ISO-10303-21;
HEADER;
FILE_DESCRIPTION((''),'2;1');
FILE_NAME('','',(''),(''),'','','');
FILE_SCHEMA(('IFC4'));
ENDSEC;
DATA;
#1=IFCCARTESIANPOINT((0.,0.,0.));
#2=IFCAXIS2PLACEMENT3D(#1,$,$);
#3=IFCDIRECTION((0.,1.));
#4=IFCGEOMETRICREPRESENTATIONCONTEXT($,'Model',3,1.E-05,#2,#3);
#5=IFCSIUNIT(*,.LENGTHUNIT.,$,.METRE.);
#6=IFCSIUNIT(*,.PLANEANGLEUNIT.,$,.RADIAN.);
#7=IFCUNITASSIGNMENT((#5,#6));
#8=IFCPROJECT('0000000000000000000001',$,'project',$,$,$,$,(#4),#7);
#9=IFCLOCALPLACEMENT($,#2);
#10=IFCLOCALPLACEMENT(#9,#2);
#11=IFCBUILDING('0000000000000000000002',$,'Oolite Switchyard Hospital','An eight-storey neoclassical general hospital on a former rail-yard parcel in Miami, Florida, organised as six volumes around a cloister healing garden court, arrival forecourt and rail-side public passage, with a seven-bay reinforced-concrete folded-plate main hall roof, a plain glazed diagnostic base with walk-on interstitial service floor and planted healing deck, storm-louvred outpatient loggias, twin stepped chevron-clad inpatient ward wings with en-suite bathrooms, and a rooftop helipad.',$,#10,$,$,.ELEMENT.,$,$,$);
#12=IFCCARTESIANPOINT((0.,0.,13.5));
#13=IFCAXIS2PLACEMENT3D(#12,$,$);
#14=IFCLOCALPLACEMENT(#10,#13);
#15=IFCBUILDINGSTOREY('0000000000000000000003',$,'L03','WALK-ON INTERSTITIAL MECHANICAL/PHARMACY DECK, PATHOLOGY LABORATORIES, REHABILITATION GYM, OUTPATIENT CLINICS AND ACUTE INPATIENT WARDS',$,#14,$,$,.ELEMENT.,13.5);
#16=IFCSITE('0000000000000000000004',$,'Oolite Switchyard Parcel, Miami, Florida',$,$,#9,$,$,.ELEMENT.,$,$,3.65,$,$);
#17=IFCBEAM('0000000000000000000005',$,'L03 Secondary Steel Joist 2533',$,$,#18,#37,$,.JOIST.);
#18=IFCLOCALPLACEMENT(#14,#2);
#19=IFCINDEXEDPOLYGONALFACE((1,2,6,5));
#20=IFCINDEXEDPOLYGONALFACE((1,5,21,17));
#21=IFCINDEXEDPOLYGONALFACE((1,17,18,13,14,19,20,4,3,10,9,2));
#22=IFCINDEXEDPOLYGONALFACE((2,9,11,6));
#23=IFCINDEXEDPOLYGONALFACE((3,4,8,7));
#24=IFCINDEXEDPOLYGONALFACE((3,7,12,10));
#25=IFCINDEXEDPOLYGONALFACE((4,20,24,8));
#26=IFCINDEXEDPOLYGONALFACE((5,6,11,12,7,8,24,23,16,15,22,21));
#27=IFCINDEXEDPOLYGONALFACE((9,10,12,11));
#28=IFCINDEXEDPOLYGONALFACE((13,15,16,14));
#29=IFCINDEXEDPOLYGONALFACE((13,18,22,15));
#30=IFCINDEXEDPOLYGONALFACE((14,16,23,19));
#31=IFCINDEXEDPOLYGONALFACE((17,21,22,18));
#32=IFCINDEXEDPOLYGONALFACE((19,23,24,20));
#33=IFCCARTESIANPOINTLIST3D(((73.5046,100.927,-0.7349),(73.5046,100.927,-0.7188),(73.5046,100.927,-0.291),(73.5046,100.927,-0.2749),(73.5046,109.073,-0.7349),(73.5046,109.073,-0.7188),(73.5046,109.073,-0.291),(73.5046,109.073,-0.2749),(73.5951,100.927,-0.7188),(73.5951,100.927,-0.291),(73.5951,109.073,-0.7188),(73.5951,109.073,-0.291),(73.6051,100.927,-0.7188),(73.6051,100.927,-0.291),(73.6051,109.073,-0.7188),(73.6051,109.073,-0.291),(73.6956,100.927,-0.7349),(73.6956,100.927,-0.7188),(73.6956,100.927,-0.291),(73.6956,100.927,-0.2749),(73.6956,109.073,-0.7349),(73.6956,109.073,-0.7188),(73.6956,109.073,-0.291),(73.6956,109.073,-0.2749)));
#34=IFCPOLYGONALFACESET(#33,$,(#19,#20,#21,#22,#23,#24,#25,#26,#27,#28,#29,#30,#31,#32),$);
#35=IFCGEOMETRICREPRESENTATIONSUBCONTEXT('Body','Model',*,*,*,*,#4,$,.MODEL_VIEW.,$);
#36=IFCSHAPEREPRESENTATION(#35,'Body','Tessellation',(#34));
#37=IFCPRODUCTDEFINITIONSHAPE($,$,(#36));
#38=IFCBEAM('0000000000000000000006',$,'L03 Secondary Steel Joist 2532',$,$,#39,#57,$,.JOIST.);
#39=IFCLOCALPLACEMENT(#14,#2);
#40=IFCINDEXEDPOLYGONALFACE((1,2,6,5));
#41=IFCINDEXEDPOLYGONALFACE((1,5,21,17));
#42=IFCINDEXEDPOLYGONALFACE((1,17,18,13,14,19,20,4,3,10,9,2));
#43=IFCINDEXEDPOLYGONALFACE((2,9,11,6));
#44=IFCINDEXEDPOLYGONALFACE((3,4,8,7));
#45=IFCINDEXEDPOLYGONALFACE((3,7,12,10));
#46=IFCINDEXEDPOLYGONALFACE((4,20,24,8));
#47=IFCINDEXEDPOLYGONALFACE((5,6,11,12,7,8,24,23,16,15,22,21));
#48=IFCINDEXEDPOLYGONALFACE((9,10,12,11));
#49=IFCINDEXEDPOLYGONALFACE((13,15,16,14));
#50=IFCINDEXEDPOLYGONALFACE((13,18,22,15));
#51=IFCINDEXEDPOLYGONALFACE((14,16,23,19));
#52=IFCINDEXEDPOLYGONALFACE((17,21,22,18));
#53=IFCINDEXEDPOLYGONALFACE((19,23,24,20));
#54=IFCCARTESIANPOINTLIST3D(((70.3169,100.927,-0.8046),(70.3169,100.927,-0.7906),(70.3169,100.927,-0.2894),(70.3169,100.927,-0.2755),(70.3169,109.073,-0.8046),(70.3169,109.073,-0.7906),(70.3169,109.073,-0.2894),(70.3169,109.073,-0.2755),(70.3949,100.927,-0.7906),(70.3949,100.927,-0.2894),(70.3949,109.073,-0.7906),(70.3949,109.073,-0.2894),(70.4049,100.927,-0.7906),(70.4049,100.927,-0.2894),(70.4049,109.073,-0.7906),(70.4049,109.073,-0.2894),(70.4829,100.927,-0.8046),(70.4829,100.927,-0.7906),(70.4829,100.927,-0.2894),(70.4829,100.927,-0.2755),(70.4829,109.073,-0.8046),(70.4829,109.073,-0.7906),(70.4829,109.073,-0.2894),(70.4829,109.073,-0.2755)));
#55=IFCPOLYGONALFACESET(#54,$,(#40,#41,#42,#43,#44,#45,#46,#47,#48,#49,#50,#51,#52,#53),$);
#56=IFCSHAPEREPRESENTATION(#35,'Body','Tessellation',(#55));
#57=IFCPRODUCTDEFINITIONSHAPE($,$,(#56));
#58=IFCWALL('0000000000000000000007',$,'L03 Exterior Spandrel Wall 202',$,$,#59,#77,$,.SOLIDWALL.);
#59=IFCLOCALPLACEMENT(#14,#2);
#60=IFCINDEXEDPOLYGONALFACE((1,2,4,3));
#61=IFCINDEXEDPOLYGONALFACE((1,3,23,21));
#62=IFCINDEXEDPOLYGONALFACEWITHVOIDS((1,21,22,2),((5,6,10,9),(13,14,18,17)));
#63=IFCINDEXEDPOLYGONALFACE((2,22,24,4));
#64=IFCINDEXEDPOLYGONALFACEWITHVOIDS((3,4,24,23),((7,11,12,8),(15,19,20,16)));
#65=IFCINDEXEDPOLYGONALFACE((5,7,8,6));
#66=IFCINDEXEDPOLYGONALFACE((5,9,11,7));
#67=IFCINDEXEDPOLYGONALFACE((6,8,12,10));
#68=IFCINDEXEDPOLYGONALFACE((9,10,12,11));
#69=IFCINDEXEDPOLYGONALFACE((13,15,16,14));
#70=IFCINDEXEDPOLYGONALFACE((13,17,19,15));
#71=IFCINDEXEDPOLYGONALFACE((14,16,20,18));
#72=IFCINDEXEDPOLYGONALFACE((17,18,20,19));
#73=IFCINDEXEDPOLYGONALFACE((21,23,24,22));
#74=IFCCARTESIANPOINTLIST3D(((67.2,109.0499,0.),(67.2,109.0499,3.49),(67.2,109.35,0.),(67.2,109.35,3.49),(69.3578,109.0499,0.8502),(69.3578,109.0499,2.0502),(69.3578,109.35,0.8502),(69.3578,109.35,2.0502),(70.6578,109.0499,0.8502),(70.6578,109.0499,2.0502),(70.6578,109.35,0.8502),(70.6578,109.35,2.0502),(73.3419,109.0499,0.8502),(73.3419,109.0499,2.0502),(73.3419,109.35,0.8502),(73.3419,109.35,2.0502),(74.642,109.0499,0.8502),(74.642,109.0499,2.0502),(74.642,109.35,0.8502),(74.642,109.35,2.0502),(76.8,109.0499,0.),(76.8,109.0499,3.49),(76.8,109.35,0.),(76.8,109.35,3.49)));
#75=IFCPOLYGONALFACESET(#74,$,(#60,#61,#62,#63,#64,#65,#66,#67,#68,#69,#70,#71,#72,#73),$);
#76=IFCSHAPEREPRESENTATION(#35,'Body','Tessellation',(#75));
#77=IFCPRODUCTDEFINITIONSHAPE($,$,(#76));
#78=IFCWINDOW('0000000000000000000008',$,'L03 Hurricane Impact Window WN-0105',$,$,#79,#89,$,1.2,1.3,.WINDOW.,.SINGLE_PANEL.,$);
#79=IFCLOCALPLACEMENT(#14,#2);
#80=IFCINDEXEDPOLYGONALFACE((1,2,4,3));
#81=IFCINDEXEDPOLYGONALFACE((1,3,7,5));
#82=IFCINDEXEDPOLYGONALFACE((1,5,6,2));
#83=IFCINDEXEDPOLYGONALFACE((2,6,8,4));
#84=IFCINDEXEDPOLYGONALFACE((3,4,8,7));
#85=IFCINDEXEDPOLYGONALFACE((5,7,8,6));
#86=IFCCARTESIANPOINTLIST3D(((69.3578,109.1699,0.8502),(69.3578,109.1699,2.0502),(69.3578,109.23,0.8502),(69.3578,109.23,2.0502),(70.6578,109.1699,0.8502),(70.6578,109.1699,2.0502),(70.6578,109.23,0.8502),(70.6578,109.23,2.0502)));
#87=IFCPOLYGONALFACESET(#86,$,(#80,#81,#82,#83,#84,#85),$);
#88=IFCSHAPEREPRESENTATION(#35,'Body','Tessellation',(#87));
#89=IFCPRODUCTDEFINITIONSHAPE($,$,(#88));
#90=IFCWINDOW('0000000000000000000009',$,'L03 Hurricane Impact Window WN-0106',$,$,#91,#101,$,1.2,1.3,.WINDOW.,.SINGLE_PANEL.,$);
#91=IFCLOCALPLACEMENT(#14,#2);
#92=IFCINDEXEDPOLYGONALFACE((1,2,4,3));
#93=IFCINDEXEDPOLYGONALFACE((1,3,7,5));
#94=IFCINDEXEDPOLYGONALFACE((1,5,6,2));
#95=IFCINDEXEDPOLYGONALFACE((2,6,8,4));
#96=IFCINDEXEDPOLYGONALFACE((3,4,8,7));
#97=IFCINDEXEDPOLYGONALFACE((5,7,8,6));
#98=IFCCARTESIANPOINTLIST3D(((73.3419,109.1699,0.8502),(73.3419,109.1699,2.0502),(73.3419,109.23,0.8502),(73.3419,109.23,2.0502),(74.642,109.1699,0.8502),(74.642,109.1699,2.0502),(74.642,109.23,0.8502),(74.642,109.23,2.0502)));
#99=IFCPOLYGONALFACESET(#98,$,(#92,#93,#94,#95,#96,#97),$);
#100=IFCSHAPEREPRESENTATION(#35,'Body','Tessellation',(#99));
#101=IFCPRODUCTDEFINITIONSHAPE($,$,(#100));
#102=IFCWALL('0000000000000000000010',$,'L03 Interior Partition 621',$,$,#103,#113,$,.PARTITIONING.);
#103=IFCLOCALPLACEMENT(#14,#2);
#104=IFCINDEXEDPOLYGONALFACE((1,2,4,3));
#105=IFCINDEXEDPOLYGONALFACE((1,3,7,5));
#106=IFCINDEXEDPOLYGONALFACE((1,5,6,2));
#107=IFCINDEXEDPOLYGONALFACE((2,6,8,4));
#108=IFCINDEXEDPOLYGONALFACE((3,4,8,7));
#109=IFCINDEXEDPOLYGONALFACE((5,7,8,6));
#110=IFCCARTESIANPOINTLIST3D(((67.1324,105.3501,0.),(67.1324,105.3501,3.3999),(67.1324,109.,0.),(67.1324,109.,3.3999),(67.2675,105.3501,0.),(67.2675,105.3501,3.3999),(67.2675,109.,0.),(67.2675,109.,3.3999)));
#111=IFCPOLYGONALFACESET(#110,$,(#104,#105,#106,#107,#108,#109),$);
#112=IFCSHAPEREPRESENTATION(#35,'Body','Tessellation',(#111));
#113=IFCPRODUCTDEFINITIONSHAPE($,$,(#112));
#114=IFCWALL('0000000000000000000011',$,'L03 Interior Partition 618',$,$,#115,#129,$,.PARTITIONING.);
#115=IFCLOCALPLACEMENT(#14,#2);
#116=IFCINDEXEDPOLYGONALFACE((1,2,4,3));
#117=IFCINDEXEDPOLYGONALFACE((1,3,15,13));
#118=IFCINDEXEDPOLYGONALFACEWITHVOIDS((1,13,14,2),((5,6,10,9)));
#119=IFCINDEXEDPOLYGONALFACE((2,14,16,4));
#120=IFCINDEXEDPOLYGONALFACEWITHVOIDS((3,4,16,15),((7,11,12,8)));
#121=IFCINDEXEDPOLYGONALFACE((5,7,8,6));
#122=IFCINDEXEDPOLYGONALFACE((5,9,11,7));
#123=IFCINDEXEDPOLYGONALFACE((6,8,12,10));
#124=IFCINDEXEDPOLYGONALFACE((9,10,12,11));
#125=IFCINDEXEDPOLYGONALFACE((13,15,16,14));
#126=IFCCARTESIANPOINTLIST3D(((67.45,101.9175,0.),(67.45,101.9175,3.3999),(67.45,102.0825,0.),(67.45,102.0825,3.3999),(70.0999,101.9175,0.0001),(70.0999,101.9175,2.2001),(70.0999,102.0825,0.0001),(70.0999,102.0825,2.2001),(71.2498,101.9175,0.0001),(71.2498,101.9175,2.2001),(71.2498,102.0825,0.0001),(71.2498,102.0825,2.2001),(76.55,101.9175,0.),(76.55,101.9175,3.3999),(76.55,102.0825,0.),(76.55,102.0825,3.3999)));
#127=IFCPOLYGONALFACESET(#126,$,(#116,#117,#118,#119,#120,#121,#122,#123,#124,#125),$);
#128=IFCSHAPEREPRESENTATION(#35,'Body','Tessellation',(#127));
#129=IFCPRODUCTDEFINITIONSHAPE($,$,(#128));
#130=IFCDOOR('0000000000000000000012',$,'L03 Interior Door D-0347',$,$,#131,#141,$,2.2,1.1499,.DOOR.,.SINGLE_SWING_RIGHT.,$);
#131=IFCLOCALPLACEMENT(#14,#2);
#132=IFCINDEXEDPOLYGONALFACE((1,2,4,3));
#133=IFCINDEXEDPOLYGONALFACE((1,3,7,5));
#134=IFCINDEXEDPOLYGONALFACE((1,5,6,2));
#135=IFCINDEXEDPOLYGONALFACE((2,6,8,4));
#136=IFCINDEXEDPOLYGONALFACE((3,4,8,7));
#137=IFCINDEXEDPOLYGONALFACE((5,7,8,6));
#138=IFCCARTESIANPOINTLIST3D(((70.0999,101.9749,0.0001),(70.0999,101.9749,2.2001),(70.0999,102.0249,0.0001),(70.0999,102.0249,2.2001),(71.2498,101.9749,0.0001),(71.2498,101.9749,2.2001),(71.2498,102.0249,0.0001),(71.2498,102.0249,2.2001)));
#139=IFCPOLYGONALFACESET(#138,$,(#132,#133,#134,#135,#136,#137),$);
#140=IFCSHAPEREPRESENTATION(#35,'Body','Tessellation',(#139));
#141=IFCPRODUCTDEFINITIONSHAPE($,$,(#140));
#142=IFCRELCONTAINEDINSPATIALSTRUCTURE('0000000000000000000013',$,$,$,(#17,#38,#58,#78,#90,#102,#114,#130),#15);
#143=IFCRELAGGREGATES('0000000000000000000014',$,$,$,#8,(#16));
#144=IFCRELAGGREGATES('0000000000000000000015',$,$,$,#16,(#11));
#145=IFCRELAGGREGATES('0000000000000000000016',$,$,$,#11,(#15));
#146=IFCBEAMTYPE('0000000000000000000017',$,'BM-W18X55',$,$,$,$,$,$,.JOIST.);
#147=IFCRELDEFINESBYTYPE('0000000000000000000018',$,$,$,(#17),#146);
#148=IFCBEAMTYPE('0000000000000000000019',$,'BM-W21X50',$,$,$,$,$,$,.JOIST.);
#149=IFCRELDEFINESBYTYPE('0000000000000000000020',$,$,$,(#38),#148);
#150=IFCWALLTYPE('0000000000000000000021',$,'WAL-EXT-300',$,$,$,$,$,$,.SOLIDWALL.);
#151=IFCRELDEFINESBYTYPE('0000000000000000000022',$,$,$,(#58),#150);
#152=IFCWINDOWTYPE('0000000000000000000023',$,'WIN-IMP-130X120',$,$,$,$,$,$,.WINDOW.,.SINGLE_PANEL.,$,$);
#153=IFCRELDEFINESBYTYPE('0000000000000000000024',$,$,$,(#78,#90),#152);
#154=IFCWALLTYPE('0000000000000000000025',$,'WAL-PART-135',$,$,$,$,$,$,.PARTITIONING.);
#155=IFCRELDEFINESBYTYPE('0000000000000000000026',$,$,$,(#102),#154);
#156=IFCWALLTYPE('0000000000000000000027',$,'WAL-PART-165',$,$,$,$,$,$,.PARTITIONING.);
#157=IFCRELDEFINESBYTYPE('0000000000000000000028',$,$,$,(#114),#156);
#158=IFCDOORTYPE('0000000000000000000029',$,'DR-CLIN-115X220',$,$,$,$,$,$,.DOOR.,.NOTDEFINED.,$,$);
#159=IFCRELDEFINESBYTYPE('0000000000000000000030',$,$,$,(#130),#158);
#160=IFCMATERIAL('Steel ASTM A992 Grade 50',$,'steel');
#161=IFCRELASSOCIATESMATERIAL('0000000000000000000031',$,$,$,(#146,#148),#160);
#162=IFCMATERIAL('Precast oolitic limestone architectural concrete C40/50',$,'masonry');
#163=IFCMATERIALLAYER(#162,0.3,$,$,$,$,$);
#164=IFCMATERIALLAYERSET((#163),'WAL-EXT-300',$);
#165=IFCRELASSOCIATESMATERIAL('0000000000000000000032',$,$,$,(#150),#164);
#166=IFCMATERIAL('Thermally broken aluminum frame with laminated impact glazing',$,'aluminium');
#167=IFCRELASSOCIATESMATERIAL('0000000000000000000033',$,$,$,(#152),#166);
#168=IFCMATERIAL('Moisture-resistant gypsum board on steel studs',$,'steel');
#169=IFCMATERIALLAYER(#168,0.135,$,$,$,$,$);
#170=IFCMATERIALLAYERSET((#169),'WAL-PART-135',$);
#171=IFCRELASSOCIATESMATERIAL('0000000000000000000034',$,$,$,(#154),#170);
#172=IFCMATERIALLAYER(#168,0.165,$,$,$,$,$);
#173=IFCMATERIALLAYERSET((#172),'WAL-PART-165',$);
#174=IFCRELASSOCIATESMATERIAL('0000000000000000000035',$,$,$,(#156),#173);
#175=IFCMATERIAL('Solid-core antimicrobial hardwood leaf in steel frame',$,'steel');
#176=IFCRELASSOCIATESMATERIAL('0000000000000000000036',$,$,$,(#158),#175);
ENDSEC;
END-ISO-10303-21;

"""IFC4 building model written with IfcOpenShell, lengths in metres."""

from ifc_helpers import new_model, si_unit, direction, frame, frame_2d, origin, origin_2d, place, context, subcontext, project, spatial, rectangle, i_section, extrude, material, layer, layer_set, material_profile, profile_set, type_object, element, fill, save


model = new_model("IFC4")

# Units and contexts
model_context = context("Model", 3, precision=1e-05, world=origin(), true_north=direction((0.0, 1.0)))
body_context = subcontext(model_context, "Body", "Model", "MODEL_VIEW")
ifc_project = project(units=[si_unit("LENGTHUNIT", "METRE"), si_unit("PLANEANGLEUNIT", "RADIAN")], contexts=[model_context])

# Site, building, storey
site_placement = place(None, origin())
site = spatial("IfcSite", under=ifc_project, at=site_placement, Name="Oolite Switchyard Parcel, Miami, Florida", CompositionType="ELEMENT", RefElevation=3.65)
building_placement = place(site_placement, origin())
building = spatial("IfcBuilding", under=site, at=building_placement, Name="Oolite Switchyard Hospital", Description="An eight-storey neoclassical general hospital on a former rail-yard parcel in Miami, Florida, organised as six volumes around a cloister healing garden court, arrival forecourt and rail-side public passage, with a seven-bay reinforced-concrete folded-plate main hall roof, a plain glazed diagnostic base with walk-on interstitial service floor and planted healing deck, storm-louvred outpatient loggias, twin stepped chevron-clad inpatient ward wings with en-suite bathrooms, and a rooftop helipad.", CompositionType="ELEMENT")
storey_placement = place(building_placement, frame((0.0, 0.0, 13.5)))
storey = spatial("IfcBuildingStorey", under=building, at=storey_placement, Name="L03", Description="WALK-ON INTERSTITIAL MECHANICAL/PHARMACY DECK, PATHOLOGY LABORATORIES, REHABILITATION GYM, OUTPATIENT CLINICS AND ACUTE INPATIENT WARDS", CompositionType="ELEMENT", Elevation=13.5)

# Beams
ifc_material_1 = material(Name="Steel ASTM A992 Grade 50", Category="steel")
ifc_material_profile_1 = material_profile(ifc_material_1, i_section(OverallWidth=0.1909, OverallDepth=0.46, WebThickness=0.01, FlangeThickness=0.0161, at=origin_2d()), Name="W18X55")
ifc_profile_set_1 = profile_set([ifc_material_profile_1], Name="Steel ASTM A992 Grade 50")
beam_type_1 = type_object("IfcBeamType", Name="BM-W18X55", PredefinedType="JOIST", material=ifc_profile_set_1)
beam_1_placement = place(storey_placement, frame((73.6001, 100.927, -0.5049), z_axis=(0.0, 1.0, 0.0), x_axis=(-1.0, 0.0, 0.0)))
element("IfcBeam", 1, at=beam_1_placement, inside=storey, type_object=beam_type_1, Name="L03 Secondary Steel Joist 2533", PredefinedType="JOIST", context=body_context, shape_type="SweptSolid", body=[
    extrude(i_section(OverallWidth=0.1909, OverallDepth=0.46, WebThickness=0.01, FlangeThickness=0.0161, at=origin_2d()), origin(), (0.0, 0.0, 1.0), 8.146),
])
ifc_material_profile_2 = material_profile(ifc_material_1, i_section(OverallWidth=0.166, OverallDepth=0.5291, WebThickness=0.01, FlangeThickness=0.0139, at=origin_2d()), Name="W21X50")
ifc_profile_set_2 = profile_set([ifc_material_profile_2], Name="Steel ASTM A992 Grade 50")
beam_type_2 = type_object("IfcBeamType", Name="BM-W21X50", PredefinedType="JOIST", material=ifc_profile_set_2)
beam_2_placement = place(storey_placement, frame((70.3999, 100.927, -0.54), z_axis=(0.0, 1.0, 0.0), x_axis=(-1.0, 0.0, 0.0)))
element("IfcBeam", 2, at=beam_2_placement, inside=storey, type_object=beam_type_2, Name="L03 Secondary Steel Joist 2532", PredefinedType="JOIST", context=body_context, shape_type="SweptSolid", body=[
    extrude(i_section(OverallWidth=0.166, OverallDepth=0.5291, WebThickness=0.01, FlangeThickness=0.0139, at=origin_2d()), origin(), (0.0, 0.0, 1.0), 8.146),
])

# Wall, openings, windows
ifc_material_2 = material(Name="Precast oolitic limestone architectural concrete C40/50", Category="masonry")
ifc_layer_1 = layer(ifc_material_2, 0.3)
ifc_layer_set_1 = layer_set([ifc_layer_1], Name="WAL-EXT-300")
wall_type_1 = type_object("IfcWallType", Name="WAL-EXT-300", PredefinedType="SOLIDWALL", material=ifc_layer_set_1)
wall_1_placement = place(storey_placement, frame((67.2, 109.2, 0.0), z_axis=(0.0, 0.0, 1.0), x_axis=(1.0, 0.0, 0.0)))
wall_1 = element("IfcWall", 3, at=wall_1_placement, inside=storey, type_object=wall_type_1, Name="L03 Exterior Spandrel Wall 202", PredefinedType="SOLIDWALL", context=body_context, shape_type="SweptSolid", body=[
    extrude(rectangle(XDim=9.6001, YDim=0.3, at=frame_2d((4.8, 0.0))), origin(), (0.0, 0.0, 1.0), 3.49),
])
opening_1_placement = place(wall_1_placement, frame((2.158, 0.0, 0.8501)))
opening_1 = element("IfcOpeningElement", 4, at=opening_1_placement, cuts=wall_1, PredefinedType="OPENING", context=body_context, shape_type="SweptSolid", body=[
    extrude(rectangle(XDim=1.3, YDim=1.2, at=frame_2d((0.6499, 0.6001))), frame((0.0, 0.1602, 0.0), z_axis=(0.0, -1.0, 0.0), x_axis=(1.0, 0.0, 0.0)), (0.0, 0.0, 1.0), 0.3201),
])
opening_2_placement = place(wall_1_placement, frame((6.1421, 0.0, 0.8501)))
opening_2 = element("IfcOpeningElement", 5, at=opening_2_placement, cuts=wall_1, PredefinedType="OPENING", context=body_context, shape_type="SweptSolid", body=[
    extrude(rectangle(XDim=1.3, YDim=1.2, at=frame_2d((0.6499, 0.6001))), frame((0.0, 0.1602, 0.0), z_axis=(0.0, -1.0, 0.0), x_axis=(1.0, 0.0, 0.0)), (0.0, 0.0, 1.0), 0.3201),
])
ifc_material_3 = material(Name="Thermally broken aluminum frame with laminated impact glazing", Category="aluminium")
window_type = type_object("IfcWindowType", Name="WIN-IMP-130X120", PartitioningType="SINGLE_PANEL", PredefinedType="WINDOW", material=ifc_material_3)
window_1_placement = place(opening_1_placement, origin())
window_1 = element("IfcWindow", 6, at=window_1_placement, inside=storey, type_object=window_type, Name="L03 Hurricane Impact Window WN-0105", OverallHeight=1.2, OverallWidth=1.3, PartitioningType="SINGLE_PANEL", PredefinedType="WINDOW", context=body_context, shape_type="SweptSolid", body=[
    extrude(rectangle(XDim=1.3, YDim=1.2, at=frame_2d((0.6499, 0.6001))), frame((0.0, 0.03, 0.0), z_axis=(0.0, -1.0, 0.0), x_axis=(1.0, 0.0, 0.0)), (0.0, 0.0, 1.0), 0.0601),
])
fill(opening_1, window_1)
window_2_placement = place(opening_2_placement, origin())
window_2 = element("IfcWindow", 7, at=window_2_placement, inside=storey, type_object=window_type, Name="L03 Hurricane Impact Window WN-0106", OverallHeight=1.2, OverallWidth=1.3, PartitioningType="SINGLE_PANEL", PredefinedType="WINDOW", context=body_context, shape_type="SweptSolid", body=[
    extrude(rectangle(XDim=1.3, YDim=1.2, at=frame_2d((0.6499, 0.6001))), frame((0.0, 0.03, 0.0), z_axis=(0.0, -1.0, 0.0), x_axis=(1.0, 0.0, 0.0)), (0.0, 0.0, 1.0), 0.0601),
])
fill(opening_2, window_2)

# Wall
ifc_material_4 = material(Name="Moisture-resistant gypsum board on steel studs", Category="steel")
ifc_layer_2 = layer(ifc_material_4, 0.135)
ifc_layer_set_2 = layer_set([ifc_layer_2], Name="WAL-PART-135")
wall_type_2 = type_object("IfcWallType", Name="WAL-PART-135", PredefinedType="PARTITIONING", material=ifc_layer_set_2)
wall_2_placement = place(storey_placement, frame((67.2, 105.3501, 0.0), z_axis=(0.0, 0.0, 1.0), x_axis=(0.0, 1.0, 0.0)))
element("IfcWall", 8, at=wall_2_placement, inside=storey, type_object=wall_type_2, Name="L03 Interior Partition 621", PredefinedType="PARTITIONING", context=body_context, shape_type="SweptSolid", body=[
    extrude(rectangle(XDim=3.6499, YDim=0.135, at=frame_2d((1.825, 0.0))), origin(), (0.0, 0.0, 1.0), 3.3999),
])

# Wall, opening, door
ifc_layer_3 = layer(ifc_material_4, 0.165)
ifc_layer_set_3 = layer_set([ifc_layer_3], Name="WAL-PART-165")
wall_type_3 = type_object("IfcWallType", Name="WAL-PART-165", PredefinedType="PARTITIONING", material=ifc_layer_set_3)
wall_3_placement = place(storey_placement, frame((67.45, 102.0, 0.0), z_axis=(0.0, 0.0, 1.0), x_axis=(1.0, 0.0, 0.0)))
wall_3 = element("IfcWall", 9, at=wall_3_placement, inside=storey, type_object=wall_type_3, Name="L03 Interior Partition 618", PredefinedType="PARTITIONING", context=body_context, shape_type="SweptSolid", body=[
    extrude(rectangle(XDim=9.1001, YDim=0.165, at=frame_2d((4.55, 0.0))), origin(), (0.0, 0.0, 1.0), 3.3999),
])
opening_3_placement = place(wall_3_placement, frame((2.6499, 0.0, 0.0)))
opening_3 = element("IfcOpeningElement", 10, at=opening_3_placement, cuts=wall_3, PredefinedType="OPENING", context=body_context, shape_type="SweptSolid", body=[
    extrude(rectangle(XDim=1.1499, YDim=2.2, at=frame_2d((0.575, 1.1001))), frame((0.0, 0.0925, 0.0), z_axis=(0.0, -1.0, 0.0), x_axis=(1.0, 0.0, 0.0)), (0.0, 0.0, 1.0), 0.1851),
])
ifc_material_5 = material(Name="Solid-core antimicrobial hardwood leaf in steel frame", Category="steel")
door_type_1 = type_object("IfcDoorType", Name="DR-CLIN-115X220", OperationType="NOTDEFINED", PredefinedType="DOOR", material=ifc_material_5)
door_1_placement = place(opening_3_placement, origin())
door_1 = element("IfcDoor", 11, at=door_1_placement, inside=storey, type_object=door_type_1, Name="L03 Interior Door D-0347", OperationType="SINGLE_SWING_RIGHT", OverallHeight=2.2, OverallWidth=1.1499, PredefinedType="DOOR", context=body_context, shape_type="SweptSolid", body=[
    extrude(rectangle(XDim=1.1499, YDim=2.2, at=frame_2d((0.575, 1.1001))), frame((0.0, 0.0249, 0.0), z_axis=(0.0, -1.0, 0.0), x_axis=(1.0, 0.0, 0.0)), (0.0, 0.0, 1.0), 0.05),
])
fill(opening_3, door_1)

save(model, "model.ifc")
